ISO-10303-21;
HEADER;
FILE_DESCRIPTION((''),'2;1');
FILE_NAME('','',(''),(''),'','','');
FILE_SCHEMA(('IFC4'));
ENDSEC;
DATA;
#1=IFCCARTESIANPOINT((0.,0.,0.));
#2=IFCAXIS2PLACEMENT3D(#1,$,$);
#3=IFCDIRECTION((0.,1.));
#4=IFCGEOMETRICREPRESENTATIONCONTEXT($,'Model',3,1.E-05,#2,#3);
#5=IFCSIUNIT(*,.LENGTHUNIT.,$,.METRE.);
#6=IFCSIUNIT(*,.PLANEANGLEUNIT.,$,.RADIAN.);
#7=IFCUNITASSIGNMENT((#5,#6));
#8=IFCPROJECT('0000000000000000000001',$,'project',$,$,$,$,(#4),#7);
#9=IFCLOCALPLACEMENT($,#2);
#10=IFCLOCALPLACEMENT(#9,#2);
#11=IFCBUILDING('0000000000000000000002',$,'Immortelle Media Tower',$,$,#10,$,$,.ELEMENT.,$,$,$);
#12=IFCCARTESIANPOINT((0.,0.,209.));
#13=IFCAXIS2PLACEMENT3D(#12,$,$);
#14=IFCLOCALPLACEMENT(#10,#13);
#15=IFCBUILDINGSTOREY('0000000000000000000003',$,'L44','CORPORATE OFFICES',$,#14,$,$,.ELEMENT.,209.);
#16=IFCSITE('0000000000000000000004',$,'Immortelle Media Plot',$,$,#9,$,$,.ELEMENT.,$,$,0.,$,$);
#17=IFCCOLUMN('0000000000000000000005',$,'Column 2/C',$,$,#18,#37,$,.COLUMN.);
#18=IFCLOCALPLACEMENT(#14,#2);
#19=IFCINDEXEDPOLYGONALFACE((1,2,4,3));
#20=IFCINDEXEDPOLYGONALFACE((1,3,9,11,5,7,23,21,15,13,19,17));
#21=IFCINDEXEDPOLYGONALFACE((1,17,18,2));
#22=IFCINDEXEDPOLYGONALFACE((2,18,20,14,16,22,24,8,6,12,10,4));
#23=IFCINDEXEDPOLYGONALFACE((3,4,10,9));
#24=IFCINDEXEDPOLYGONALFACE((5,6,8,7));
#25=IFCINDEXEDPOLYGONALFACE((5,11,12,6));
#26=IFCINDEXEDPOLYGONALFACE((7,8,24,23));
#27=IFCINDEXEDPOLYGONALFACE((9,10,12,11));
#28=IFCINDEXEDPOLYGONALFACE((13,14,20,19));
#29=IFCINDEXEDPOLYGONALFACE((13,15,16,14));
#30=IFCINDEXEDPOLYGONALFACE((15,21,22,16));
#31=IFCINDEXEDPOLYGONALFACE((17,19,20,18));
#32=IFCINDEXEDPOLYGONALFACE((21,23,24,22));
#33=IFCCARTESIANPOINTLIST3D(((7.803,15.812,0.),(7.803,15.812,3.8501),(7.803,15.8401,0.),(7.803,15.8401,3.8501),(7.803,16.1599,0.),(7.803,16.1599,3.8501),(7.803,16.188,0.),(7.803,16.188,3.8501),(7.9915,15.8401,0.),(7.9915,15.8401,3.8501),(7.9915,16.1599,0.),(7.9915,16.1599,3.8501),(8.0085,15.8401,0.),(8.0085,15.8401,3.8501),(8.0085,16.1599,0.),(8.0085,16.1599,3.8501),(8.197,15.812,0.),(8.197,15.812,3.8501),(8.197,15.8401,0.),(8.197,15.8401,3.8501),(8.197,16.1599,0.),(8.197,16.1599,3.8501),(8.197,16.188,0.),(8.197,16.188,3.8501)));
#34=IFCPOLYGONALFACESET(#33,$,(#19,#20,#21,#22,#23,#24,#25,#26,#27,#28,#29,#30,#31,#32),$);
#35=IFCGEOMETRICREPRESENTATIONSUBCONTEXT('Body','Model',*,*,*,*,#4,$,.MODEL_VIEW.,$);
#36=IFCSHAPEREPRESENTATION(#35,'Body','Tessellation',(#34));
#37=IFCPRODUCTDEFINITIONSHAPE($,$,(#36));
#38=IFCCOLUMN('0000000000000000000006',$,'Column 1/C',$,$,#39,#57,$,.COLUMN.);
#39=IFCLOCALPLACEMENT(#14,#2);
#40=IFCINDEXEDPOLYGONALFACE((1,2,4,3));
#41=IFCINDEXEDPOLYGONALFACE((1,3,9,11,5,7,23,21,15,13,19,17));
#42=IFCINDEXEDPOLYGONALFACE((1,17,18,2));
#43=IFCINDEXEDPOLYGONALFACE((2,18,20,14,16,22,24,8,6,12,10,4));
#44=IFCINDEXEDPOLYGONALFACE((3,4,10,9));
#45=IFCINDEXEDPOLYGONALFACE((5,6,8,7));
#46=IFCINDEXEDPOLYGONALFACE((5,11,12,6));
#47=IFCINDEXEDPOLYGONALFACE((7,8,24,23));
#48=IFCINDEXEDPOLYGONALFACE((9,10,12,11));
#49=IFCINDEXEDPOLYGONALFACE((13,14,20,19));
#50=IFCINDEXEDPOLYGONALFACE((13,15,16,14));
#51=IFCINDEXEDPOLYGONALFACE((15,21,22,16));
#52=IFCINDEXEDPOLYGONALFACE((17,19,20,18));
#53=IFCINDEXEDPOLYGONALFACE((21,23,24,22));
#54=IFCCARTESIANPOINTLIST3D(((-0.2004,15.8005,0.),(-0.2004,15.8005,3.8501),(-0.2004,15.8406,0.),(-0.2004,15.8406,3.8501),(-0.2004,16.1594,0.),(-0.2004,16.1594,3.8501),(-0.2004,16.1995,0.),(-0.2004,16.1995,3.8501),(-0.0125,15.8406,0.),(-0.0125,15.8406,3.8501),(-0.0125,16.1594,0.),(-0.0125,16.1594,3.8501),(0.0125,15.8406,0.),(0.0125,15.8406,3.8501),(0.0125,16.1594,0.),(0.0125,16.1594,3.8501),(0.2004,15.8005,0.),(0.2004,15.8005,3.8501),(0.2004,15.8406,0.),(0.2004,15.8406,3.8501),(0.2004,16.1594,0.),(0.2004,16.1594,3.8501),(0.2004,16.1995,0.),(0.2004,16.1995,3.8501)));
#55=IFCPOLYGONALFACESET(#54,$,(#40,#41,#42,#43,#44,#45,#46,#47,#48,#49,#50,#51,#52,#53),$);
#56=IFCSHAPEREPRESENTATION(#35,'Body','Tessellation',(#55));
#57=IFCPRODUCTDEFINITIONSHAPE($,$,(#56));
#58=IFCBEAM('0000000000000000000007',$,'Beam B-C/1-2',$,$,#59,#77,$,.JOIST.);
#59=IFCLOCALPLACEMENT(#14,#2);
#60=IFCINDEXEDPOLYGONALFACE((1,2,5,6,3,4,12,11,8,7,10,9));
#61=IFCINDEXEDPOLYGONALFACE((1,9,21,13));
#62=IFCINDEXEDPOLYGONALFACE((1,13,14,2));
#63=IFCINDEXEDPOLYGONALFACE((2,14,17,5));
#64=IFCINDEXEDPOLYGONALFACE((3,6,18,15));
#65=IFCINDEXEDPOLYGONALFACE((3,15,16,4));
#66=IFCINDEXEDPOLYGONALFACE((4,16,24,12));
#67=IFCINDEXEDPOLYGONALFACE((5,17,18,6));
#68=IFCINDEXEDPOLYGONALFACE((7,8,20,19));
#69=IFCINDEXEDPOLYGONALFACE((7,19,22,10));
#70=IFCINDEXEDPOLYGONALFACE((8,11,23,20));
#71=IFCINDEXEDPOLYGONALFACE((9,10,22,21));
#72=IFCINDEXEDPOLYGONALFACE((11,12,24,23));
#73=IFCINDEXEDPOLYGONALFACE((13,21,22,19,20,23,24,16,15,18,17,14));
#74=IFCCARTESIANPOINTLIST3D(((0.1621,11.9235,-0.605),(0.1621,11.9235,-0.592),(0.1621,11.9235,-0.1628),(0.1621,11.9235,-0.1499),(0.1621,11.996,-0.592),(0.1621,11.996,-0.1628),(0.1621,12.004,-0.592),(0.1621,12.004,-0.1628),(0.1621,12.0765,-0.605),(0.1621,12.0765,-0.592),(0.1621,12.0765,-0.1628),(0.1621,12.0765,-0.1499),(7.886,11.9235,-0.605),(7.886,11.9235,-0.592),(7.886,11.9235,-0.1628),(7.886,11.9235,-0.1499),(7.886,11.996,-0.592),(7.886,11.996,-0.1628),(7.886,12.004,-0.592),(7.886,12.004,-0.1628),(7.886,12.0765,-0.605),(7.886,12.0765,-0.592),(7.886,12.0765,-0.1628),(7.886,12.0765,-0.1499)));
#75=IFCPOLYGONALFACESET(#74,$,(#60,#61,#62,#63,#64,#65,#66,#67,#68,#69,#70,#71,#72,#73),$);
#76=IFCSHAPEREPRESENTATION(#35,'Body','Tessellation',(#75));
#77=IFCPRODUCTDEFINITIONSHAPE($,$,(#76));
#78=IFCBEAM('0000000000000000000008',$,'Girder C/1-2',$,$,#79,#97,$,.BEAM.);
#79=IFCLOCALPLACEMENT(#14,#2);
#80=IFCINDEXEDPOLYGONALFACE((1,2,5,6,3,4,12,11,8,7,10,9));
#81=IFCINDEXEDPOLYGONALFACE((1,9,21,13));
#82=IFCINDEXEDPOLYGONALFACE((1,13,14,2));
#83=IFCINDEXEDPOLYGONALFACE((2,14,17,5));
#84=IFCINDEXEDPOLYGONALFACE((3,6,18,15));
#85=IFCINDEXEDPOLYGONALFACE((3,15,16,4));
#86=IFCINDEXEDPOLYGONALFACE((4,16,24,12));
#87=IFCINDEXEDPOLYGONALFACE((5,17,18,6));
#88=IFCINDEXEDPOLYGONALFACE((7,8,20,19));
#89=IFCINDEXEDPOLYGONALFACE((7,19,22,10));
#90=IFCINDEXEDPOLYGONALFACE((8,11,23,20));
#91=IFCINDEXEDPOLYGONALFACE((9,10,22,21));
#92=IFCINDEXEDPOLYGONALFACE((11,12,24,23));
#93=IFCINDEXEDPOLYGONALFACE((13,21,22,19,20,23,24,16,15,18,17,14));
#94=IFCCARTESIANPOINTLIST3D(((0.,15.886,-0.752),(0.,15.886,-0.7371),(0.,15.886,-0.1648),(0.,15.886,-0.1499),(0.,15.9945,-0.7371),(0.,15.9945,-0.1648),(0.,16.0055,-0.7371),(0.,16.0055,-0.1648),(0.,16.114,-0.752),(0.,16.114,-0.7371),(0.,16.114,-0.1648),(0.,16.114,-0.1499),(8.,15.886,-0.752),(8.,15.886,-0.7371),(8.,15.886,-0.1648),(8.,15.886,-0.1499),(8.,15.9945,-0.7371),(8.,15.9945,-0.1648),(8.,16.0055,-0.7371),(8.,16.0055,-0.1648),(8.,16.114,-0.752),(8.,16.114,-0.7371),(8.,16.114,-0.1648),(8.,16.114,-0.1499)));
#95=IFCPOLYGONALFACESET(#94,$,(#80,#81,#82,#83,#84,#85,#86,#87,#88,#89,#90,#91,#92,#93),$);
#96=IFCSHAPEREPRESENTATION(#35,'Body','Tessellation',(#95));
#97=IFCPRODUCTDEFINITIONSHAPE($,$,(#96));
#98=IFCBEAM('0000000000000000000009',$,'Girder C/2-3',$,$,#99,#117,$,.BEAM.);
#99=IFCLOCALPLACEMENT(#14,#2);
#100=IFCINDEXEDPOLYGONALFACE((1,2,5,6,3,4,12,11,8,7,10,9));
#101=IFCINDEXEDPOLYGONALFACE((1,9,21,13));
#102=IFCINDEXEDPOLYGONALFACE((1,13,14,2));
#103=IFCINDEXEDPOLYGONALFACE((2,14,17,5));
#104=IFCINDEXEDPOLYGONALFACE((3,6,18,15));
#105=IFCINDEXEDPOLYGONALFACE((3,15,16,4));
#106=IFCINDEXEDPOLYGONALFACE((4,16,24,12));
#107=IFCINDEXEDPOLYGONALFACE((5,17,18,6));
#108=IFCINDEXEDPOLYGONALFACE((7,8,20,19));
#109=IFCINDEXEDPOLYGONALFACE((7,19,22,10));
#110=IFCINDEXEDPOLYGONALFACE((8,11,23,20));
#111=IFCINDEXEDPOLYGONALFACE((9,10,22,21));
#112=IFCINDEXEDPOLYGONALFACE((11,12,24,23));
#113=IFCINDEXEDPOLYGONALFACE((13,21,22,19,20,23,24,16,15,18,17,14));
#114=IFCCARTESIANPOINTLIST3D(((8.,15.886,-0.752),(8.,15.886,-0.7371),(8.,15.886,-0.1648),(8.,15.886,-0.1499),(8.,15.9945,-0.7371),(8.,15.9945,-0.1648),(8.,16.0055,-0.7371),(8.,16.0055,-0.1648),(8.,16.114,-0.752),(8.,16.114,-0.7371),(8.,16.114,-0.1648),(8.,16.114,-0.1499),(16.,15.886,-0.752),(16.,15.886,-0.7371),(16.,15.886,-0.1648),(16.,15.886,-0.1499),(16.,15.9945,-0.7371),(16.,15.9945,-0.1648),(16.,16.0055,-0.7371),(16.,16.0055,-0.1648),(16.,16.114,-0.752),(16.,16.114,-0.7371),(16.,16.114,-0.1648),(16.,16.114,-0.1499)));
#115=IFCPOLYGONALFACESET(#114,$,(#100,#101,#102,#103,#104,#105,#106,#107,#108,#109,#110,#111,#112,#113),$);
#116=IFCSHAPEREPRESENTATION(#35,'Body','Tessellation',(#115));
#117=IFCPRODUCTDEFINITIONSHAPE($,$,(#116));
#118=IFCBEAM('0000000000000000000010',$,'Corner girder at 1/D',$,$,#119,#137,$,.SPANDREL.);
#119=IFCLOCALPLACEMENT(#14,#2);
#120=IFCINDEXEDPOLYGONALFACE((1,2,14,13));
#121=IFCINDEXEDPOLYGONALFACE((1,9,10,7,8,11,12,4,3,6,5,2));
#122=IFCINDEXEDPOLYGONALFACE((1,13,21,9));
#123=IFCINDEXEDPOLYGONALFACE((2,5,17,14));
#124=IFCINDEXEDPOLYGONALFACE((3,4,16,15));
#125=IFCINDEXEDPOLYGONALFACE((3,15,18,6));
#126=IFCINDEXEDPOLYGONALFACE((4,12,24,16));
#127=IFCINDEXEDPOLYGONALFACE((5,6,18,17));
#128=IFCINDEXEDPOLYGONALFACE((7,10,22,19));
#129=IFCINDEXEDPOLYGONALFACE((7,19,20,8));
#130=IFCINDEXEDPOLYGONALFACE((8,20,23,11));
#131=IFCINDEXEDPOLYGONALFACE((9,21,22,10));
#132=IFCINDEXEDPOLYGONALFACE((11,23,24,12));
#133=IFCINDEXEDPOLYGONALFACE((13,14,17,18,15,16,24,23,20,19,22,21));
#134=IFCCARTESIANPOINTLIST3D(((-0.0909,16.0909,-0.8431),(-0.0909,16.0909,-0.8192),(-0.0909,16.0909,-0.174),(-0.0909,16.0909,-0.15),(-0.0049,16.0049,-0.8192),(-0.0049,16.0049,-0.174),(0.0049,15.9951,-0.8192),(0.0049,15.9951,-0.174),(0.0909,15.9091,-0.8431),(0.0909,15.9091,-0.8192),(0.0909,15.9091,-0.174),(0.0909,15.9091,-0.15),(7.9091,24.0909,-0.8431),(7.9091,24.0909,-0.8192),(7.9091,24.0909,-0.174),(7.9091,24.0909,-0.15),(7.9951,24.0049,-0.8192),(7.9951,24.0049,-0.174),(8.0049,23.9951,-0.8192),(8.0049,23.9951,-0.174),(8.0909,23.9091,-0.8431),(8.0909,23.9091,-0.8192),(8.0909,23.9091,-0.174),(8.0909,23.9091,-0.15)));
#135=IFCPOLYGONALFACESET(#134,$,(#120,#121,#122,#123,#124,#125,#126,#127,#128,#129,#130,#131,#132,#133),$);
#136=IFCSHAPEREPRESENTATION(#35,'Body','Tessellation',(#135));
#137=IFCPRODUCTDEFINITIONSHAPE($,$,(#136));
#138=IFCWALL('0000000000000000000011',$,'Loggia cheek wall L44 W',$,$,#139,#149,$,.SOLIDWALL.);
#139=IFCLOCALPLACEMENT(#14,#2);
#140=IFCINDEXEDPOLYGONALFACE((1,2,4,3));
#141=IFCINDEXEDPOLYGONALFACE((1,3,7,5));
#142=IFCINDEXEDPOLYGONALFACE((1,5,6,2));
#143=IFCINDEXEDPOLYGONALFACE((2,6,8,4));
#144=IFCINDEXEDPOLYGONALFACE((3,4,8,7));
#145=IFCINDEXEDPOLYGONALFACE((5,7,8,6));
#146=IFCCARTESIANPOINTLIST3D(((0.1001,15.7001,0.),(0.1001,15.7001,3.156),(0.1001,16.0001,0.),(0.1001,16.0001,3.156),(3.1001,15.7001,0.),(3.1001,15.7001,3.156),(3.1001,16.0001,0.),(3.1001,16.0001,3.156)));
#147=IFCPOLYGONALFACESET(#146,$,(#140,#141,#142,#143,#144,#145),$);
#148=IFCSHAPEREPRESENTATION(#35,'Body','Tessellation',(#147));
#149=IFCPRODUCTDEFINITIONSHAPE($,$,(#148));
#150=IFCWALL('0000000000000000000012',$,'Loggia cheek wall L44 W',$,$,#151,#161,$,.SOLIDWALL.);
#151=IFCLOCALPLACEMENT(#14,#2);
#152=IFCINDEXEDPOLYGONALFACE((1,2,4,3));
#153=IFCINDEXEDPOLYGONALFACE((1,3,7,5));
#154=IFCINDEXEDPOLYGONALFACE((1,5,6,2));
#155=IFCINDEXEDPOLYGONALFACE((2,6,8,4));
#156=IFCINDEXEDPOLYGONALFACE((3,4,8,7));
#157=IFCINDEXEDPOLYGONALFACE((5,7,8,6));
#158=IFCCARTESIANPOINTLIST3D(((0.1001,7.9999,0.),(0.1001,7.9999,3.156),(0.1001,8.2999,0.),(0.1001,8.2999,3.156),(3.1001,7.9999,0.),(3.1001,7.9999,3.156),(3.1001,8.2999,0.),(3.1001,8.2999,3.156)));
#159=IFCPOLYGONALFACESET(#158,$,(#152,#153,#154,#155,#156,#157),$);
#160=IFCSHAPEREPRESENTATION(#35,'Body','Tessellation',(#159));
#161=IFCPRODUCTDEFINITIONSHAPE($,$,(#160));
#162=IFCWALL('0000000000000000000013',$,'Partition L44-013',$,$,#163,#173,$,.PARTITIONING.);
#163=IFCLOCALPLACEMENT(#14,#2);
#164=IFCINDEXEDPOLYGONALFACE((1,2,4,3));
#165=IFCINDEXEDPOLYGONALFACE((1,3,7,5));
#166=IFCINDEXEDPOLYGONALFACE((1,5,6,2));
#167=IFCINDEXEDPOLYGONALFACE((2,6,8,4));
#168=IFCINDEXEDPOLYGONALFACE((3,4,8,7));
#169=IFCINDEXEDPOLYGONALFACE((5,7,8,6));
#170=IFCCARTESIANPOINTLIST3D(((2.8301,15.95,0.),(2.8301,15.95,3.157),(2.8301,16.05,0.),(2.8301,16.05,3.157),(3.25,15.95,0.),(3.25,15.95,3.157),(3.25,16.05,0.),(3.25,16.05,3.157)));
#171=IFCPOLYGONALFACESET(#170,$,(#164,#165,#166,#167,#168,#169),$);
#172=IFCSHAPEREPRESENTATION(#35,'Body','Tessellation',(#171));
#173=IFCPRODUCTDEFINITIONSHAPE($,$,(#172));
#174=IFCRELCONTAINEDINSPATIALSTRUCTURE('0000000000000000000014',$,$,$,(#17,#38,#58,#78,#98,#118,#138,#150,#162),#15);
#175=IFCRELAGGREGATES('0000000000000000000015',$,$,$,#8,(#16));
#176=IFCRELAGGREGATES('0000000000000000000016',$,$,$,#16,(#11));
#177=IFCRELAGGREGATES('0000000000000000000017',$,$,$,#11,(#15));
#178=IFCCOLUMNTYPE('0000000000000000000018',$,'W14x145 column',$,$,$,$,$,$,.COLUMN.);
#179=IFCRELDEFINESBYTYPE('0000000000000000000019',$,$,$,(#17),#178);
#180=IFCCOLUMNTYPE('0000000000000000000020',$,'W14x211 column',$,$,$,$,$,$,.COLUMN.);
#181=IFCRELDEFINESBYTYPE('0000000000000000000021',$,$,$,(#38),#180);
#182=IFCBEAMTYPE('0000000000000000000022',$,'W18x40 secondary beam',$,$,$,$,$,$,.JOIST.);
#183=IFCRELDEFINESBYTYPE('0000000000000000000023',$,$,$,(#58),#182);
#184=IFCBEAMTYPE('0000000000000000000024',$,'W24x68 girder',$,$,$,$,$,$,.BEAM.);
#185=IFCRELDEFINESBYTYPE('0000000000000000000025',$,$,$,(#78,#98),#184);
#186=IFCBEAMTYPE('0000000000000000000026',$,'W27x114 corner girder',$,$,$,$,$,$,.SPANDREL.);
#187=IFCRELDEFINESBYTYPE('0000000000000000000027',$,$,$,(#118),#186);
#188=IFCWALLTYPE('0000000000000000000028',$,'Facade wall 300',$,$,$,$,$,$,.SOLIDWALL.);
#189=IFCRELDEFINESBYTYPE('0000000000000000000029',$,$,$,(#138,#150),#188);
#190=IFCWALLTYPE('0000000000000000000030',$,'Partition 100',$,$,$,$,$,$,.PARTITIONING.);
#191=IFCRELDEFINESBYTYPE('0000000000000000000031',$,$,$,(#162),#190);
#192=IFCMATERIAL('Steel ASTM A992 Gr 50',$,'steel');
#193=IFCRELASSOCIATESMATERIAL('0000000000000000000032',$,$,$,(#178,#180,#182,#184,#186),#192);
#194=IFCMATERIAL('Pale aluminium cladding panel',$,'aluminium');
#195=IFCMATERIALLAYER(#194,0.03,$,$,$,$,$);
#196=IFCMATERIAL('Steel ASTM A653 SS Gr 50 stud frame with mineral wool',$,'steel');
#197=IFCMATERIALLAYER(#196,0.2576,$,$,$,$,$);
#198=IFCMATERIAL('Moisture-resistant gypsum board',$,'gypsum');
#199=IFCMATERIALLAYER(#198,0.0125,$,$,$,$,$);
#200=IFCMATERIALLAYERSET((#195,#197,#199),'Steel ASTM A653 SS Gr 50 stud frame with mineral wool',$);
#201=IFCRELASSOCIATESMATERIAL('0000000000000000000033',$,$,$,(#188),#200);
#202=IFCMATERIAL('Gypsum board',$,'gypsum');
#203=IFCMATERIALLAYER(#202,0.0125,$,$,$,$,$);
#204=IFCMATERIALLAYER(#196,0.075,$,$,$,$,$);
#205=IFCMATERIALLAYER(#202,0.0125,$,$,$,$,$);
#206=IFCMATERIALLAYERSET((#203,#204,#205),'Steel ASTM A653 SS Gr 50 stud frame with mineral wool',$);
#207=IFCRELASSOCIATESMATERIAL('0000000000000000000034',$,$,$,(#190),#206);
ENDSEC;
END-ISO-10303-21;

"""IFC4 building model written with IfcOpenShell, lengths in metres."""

from ifc_helpers import new_model, si_unit, direction, frame, frame_2d, origin, origin_2d, place, context, subcontext, project, spatial, rectangle, i_section, extrude, material, layer, layer_set, material_profile, profile_set, type_object, element, save


model = new_model("IFC4")

# Units and contexts
model_context = context("Model", 3, precision=1e-05, world=origin(), true_north=direction((0.0, 1.0)))
body_context = subcontext(model_context, "Body", "Model", "MODEL_VIEW")
ifc_project = project(units=[si_unit("LENGTHUNIT", "METRE"), si_unit("PLANEANGLEUNIT", "RADIAN")], contexts=[model_context])

# Site, building, storey
site_placement = place(None, origin())
site = spatial("IfcSite", under=ifc_project, at=site_placement, Name="Immortelle Media Plot", CompositionType="ELEMENT", RefElevation=0.0)
building_placement = place(site_placement, origin())
building = spatial("IfcBuilding", under=site, at=building_placement, Name="Immortelle Media Tower", CompositionType="ELEMENT")
storey_placement = place(building_placement, frame((0.0, 0.0, 209.0)))
storey = spatial("IfcBuildingStorey", under=building, at=storey_placement, Name="L44", Description="CORPORATE OFFICES", CompositionType="ELEMENT", Elevation=209.0)

# Columns
ifc_material_1 = material(Name="Steel ASTM A992 Gr 50", Category="steel")
ifc_material_profile_1 = material_profile(ifc_material_1, i_section(OverallWidth=0.394, OverallDepth=0.376, WebThickness=0.0171, FlangeThickness=0.0281, at=origin_2d()), Name="W14x145")
ifc_profile_set_1 = profile_set([ifc_material_profile_1], Name="Steel ASTM A992 Gr 50")
column_type_1 = type_object("IfcColumnType", Name="W14x145 column", PredefinedType="COLUMN", material=ifc_profile_set_1)
column_1_placement = place(storey_placement, frame((8.0, 16.0, 0.0), z_axis=(0.0, 0.0, 1.0), x_axis=(1.0, 0.0, 0.0)))
element("IfcColumn", 1, at=column_1_placement, inside=storey, type_object=column_type_1, Name="Column 2/C", PredefinedType="COLUMN", context=body_context, shape_type="SweptSolid", body=[
    extrude(i_section(OverallWidth=0.394, OverallDepth=0.376, WebThickness=0.0171, FlangeThickness=0.0281, at=origin_2d()), origin(), (0.0, 0.0, 1.0), 3.8501),
])
ifc_material_profile_2 = material_profile(ifc_material_1, i_section(OverallWidth=0.4009, OverallDepth=0.3989, WebThickness=0.0249, FlangeThickness=0.04, at=origin_2d()), Name="W14x211")
ifc_profile_set_2 = profile_set([ifc_material_profile_2], Name="Steel ASTM A992 Gr 50")
column_type_2 = type_object("IfcColumnType", Name="W14x211 column", PredefinedType="COLUMN", material=ifc_profile_set_2)
column_2_placement = place(storey_placement, frame((0.0, 16.0, 0.0), z_axis=(0.0, 0.0, 1.0), x_axis=(1.0, 0.0, 0.0)))
element("IfcColumn", 2, at=column_2_placement, inside=storey, type_object=column_type_2, Name="Column 1/C", PredefinedType="COLUMN", context=body_context, shape_type="SweptSolid", body=[
    extrude(i_section(OverallWidth=0.4009, OverallDepth=0.3989, WebThickness=0.0249, FlangeThickness=0.04, at=origin_2d()), origin(), (0.0, 0.0, 1.0), 3.8501),
])

# Beams
ifc_material_profile_3 = material_profile(ifc_material_1, i_section(OverallWidth=0.1531, OverallDepth=0.4551, WebThickness=0.0081, FlangeThickness=0.0129, at=origin_2d()), Name="W18x40")
ifc_profile_set_3 = profile_set([ifc_material_profile_3], Name="Steel ASTM A992 Gr 50")
beam_type_1 = type_object("IfcBeamType", Name="W18x40 secondary beam", PredefinedType="JOIST", material=ifc_profile_set_3)
beam_1_placement = place(storey_placement, frame((0.1621, 12.0, -0.3774), z_axis=(1.0, 0.0, 0.0), x_axis=(0.0, 1.0, 0.0)))
element("IfcBeam", 3, at=beam_1_placement, inside=storey, type_object=beam_type_1, Name="Beam B-C/1-2", PredefinedType="JOIST", context=body_context, shape_type="SweptSolid", body=[
    extrude(i_section(OverallWidth=0.1531, OverallDepth=0.4551, WebThickness=0.0081, FlangeThickness=0.0129, at=origin_2d()), origin(), (0.0, 0.0, 1.0), 7.7239),
])
ifc_material_profile_4 = material_profile(ifc_material_1, i_section(OverallWidth=0.228, OverallDepth=0.6021, WebThickness=0.011, FlangeThickness=0.0149, at=origin_2d()), Name="W24x68")
ifc_profile_set_4 = profile_set([ifc_material_profile_4], Name="Steel ASTM A992 Gr 50")
beam_type_2 = type_object("IfcBeamType", Name="W24x68 girder", PredefinedType="BEAM", material=ifc_profile_set_4)
for number, where, z_axis, x_axis, name in (
    (4, (0.0, 16.0, -0.4509), (1.0, 0.0, 0.0), (0.0, 1.0, 0.0), "Girder C/1-2"),
    (5, (8.0, 16.0, -0.4509), (1.0, 0.0, 0.0), (0.0, 1.0, 0.0), "Girder C/2-3"),
):
    element("IfcBeam", number, at=place(storey_placement, frame(where, z_axis=z_axis, x_axis=x_axis)), inside=storey, type_object=beam_type_2, Name=name, PredefinedType="BEAM", context=body_context, shape_type="SweptSolid", body=[
        extrude(i_section(OverallWidth=0.228, OverallDepth=0.6021, WebThickness=0.011, FlangeThickness=0.0149, at=origin_2d()), origin(), (0.0, 0.0, 1.0), 8.0),
    ])
ifc_material_profile_5 = material_profile(ifc_material_1, i_section(OverallWidth=0.2571, OverallDepth=0.6931, WebThickness=0.0139, FlangeThickness=0.0239, at=origin_2d()), Name="W27x114")
ifc_profile_set_5 = profile_set([ifc_material_profile_5], Name="Steel ASTM A992 Gr 50")
beam_type_3 = type_object("IfcBeamType", Name="W27x114 corner girder", PredefinedType="SPANDREL", material=ifc_profile_set_5)
beam_2_placement = place(storey_placement, frame((0.0, 16.0, -0.4966), z_axis=(0.707107, 0.707107, 0.0), x_axis=(-0.707107, 0.707107, 0.0)))
element("IfcBeam", 6, at=beam_2_placement, inside=storey, type_object=beam_type_3, Name="Corner girder at 1/D", PredefinedType="SPANDREL", context=body_context, shape_type="SweptSolid", body=[
    extrude(i_section(OverallWidth=0.2571, OverallDepth=0.6931, WebThickness=0.0139, FlangeThickness=0.0239, at=origin_2d()), origin(), (0.0, 0.0, 1.0), 11.3137),
])

# Shared definitions
ifc_material_2 = material(Name="Pale aluminium cladding panel", Category="aluminium")
ifc_layer_1 = layer(ifc_material_2, 0.03)
ifc_material_3 = material(Name="Steel ASTM A653 SS Gr 50 stud frame with mineral wool", Category="steel")
ifc_layer_2 = layer(ifc_material_3, 0.2576)
ifc_material_4 = material(Name="Moisture-resistant gypsum board", Category="gypsum")
ifc_layer_3 = layer(ifc_material_4, 0.0125)
ifc_layer_set_1 = layer_set([ifc_layer_1, ifc_layer_2, ifc_layer_3], Name="Steel ASTM A653 SS Gr 50 stud frame with mineral wool")
wall_type_1 = type_object("IfcWallType", Name="Facade wall 300", PredefinedType="SOLIDWALL", material=ifc_layer_set_1)

# Walls
for number, where, z_axis, x_axis, name in (
    (7, (0.1001, 15.8501, 0.0), (0.0, 0.0, 1.0), (1.0, 0.0, 0.0), "Loggia cheek wall L44 W"),
    (8, (0.1001, 8.1499, 0.0), (0.0, 0.0, 1.0), (1.0, 0.0, 0.0), "Loggia cheek wall L44 W"),
):
    element("IfcWall", number, at=place(storey_placement, frame(where, z_axis=z_axis, x_axis=x_axis)), inside=storey, type_object=wall_type_1, Name=name, PredefinedType="SOLIDWALL", context=body_context, shape_type="SweptSolid", body=[
        extrude(rectangle(XDim=3.0, YDim=0.3, at=frame_2d((1.5, 0.0))), origin(), (0.0, 0.0, 1.0), 3.156),
    ])
ifc_material_5 = material(Name="Gypsum board", Category="gypsum")
ifc_layer_4 = layer(ifc_material_5, 0.0125)
ifc_layer_5 = layer(ifc_material_3, 0.075)
ifc_layer_6 = layer(ifc_material_5, 0.0125)
ifc_layer_set_2 = layer_set([ifc_layer_4, ifc_layer_5, ifc_layer_6], Name="Steel ASTM A653 SS Gr 50 stud frame with mineral wool")
wall_type_2 = type_object("IfcWallType", Name="Partition 100", PredefinedType="PARTITIONING", material=ifc_layer_set_2)
wall_1_placement = place(storey_placement, frame((2.8301, 16.0, 0.0), z_axis=(0.0, 0.0, 1.0), x_axis=(1.0, 0.0, 0.0)))
element("IfcWall", 9, at=wall_1_placement, inside=storey, type_object=wall_type_2, Name="Partition L44-013", PredefinedType="PARTITIONING", context=body_context, shape_type="SweptSolid", body=[
    extrude(rectangle(XDim=0.4199, YDim=0.1001, at=frame_2d((0.21, 0.0))), origin(), (0.0, 0.0, 1.0), 3.157),
])

save(model, "model.ifc")
